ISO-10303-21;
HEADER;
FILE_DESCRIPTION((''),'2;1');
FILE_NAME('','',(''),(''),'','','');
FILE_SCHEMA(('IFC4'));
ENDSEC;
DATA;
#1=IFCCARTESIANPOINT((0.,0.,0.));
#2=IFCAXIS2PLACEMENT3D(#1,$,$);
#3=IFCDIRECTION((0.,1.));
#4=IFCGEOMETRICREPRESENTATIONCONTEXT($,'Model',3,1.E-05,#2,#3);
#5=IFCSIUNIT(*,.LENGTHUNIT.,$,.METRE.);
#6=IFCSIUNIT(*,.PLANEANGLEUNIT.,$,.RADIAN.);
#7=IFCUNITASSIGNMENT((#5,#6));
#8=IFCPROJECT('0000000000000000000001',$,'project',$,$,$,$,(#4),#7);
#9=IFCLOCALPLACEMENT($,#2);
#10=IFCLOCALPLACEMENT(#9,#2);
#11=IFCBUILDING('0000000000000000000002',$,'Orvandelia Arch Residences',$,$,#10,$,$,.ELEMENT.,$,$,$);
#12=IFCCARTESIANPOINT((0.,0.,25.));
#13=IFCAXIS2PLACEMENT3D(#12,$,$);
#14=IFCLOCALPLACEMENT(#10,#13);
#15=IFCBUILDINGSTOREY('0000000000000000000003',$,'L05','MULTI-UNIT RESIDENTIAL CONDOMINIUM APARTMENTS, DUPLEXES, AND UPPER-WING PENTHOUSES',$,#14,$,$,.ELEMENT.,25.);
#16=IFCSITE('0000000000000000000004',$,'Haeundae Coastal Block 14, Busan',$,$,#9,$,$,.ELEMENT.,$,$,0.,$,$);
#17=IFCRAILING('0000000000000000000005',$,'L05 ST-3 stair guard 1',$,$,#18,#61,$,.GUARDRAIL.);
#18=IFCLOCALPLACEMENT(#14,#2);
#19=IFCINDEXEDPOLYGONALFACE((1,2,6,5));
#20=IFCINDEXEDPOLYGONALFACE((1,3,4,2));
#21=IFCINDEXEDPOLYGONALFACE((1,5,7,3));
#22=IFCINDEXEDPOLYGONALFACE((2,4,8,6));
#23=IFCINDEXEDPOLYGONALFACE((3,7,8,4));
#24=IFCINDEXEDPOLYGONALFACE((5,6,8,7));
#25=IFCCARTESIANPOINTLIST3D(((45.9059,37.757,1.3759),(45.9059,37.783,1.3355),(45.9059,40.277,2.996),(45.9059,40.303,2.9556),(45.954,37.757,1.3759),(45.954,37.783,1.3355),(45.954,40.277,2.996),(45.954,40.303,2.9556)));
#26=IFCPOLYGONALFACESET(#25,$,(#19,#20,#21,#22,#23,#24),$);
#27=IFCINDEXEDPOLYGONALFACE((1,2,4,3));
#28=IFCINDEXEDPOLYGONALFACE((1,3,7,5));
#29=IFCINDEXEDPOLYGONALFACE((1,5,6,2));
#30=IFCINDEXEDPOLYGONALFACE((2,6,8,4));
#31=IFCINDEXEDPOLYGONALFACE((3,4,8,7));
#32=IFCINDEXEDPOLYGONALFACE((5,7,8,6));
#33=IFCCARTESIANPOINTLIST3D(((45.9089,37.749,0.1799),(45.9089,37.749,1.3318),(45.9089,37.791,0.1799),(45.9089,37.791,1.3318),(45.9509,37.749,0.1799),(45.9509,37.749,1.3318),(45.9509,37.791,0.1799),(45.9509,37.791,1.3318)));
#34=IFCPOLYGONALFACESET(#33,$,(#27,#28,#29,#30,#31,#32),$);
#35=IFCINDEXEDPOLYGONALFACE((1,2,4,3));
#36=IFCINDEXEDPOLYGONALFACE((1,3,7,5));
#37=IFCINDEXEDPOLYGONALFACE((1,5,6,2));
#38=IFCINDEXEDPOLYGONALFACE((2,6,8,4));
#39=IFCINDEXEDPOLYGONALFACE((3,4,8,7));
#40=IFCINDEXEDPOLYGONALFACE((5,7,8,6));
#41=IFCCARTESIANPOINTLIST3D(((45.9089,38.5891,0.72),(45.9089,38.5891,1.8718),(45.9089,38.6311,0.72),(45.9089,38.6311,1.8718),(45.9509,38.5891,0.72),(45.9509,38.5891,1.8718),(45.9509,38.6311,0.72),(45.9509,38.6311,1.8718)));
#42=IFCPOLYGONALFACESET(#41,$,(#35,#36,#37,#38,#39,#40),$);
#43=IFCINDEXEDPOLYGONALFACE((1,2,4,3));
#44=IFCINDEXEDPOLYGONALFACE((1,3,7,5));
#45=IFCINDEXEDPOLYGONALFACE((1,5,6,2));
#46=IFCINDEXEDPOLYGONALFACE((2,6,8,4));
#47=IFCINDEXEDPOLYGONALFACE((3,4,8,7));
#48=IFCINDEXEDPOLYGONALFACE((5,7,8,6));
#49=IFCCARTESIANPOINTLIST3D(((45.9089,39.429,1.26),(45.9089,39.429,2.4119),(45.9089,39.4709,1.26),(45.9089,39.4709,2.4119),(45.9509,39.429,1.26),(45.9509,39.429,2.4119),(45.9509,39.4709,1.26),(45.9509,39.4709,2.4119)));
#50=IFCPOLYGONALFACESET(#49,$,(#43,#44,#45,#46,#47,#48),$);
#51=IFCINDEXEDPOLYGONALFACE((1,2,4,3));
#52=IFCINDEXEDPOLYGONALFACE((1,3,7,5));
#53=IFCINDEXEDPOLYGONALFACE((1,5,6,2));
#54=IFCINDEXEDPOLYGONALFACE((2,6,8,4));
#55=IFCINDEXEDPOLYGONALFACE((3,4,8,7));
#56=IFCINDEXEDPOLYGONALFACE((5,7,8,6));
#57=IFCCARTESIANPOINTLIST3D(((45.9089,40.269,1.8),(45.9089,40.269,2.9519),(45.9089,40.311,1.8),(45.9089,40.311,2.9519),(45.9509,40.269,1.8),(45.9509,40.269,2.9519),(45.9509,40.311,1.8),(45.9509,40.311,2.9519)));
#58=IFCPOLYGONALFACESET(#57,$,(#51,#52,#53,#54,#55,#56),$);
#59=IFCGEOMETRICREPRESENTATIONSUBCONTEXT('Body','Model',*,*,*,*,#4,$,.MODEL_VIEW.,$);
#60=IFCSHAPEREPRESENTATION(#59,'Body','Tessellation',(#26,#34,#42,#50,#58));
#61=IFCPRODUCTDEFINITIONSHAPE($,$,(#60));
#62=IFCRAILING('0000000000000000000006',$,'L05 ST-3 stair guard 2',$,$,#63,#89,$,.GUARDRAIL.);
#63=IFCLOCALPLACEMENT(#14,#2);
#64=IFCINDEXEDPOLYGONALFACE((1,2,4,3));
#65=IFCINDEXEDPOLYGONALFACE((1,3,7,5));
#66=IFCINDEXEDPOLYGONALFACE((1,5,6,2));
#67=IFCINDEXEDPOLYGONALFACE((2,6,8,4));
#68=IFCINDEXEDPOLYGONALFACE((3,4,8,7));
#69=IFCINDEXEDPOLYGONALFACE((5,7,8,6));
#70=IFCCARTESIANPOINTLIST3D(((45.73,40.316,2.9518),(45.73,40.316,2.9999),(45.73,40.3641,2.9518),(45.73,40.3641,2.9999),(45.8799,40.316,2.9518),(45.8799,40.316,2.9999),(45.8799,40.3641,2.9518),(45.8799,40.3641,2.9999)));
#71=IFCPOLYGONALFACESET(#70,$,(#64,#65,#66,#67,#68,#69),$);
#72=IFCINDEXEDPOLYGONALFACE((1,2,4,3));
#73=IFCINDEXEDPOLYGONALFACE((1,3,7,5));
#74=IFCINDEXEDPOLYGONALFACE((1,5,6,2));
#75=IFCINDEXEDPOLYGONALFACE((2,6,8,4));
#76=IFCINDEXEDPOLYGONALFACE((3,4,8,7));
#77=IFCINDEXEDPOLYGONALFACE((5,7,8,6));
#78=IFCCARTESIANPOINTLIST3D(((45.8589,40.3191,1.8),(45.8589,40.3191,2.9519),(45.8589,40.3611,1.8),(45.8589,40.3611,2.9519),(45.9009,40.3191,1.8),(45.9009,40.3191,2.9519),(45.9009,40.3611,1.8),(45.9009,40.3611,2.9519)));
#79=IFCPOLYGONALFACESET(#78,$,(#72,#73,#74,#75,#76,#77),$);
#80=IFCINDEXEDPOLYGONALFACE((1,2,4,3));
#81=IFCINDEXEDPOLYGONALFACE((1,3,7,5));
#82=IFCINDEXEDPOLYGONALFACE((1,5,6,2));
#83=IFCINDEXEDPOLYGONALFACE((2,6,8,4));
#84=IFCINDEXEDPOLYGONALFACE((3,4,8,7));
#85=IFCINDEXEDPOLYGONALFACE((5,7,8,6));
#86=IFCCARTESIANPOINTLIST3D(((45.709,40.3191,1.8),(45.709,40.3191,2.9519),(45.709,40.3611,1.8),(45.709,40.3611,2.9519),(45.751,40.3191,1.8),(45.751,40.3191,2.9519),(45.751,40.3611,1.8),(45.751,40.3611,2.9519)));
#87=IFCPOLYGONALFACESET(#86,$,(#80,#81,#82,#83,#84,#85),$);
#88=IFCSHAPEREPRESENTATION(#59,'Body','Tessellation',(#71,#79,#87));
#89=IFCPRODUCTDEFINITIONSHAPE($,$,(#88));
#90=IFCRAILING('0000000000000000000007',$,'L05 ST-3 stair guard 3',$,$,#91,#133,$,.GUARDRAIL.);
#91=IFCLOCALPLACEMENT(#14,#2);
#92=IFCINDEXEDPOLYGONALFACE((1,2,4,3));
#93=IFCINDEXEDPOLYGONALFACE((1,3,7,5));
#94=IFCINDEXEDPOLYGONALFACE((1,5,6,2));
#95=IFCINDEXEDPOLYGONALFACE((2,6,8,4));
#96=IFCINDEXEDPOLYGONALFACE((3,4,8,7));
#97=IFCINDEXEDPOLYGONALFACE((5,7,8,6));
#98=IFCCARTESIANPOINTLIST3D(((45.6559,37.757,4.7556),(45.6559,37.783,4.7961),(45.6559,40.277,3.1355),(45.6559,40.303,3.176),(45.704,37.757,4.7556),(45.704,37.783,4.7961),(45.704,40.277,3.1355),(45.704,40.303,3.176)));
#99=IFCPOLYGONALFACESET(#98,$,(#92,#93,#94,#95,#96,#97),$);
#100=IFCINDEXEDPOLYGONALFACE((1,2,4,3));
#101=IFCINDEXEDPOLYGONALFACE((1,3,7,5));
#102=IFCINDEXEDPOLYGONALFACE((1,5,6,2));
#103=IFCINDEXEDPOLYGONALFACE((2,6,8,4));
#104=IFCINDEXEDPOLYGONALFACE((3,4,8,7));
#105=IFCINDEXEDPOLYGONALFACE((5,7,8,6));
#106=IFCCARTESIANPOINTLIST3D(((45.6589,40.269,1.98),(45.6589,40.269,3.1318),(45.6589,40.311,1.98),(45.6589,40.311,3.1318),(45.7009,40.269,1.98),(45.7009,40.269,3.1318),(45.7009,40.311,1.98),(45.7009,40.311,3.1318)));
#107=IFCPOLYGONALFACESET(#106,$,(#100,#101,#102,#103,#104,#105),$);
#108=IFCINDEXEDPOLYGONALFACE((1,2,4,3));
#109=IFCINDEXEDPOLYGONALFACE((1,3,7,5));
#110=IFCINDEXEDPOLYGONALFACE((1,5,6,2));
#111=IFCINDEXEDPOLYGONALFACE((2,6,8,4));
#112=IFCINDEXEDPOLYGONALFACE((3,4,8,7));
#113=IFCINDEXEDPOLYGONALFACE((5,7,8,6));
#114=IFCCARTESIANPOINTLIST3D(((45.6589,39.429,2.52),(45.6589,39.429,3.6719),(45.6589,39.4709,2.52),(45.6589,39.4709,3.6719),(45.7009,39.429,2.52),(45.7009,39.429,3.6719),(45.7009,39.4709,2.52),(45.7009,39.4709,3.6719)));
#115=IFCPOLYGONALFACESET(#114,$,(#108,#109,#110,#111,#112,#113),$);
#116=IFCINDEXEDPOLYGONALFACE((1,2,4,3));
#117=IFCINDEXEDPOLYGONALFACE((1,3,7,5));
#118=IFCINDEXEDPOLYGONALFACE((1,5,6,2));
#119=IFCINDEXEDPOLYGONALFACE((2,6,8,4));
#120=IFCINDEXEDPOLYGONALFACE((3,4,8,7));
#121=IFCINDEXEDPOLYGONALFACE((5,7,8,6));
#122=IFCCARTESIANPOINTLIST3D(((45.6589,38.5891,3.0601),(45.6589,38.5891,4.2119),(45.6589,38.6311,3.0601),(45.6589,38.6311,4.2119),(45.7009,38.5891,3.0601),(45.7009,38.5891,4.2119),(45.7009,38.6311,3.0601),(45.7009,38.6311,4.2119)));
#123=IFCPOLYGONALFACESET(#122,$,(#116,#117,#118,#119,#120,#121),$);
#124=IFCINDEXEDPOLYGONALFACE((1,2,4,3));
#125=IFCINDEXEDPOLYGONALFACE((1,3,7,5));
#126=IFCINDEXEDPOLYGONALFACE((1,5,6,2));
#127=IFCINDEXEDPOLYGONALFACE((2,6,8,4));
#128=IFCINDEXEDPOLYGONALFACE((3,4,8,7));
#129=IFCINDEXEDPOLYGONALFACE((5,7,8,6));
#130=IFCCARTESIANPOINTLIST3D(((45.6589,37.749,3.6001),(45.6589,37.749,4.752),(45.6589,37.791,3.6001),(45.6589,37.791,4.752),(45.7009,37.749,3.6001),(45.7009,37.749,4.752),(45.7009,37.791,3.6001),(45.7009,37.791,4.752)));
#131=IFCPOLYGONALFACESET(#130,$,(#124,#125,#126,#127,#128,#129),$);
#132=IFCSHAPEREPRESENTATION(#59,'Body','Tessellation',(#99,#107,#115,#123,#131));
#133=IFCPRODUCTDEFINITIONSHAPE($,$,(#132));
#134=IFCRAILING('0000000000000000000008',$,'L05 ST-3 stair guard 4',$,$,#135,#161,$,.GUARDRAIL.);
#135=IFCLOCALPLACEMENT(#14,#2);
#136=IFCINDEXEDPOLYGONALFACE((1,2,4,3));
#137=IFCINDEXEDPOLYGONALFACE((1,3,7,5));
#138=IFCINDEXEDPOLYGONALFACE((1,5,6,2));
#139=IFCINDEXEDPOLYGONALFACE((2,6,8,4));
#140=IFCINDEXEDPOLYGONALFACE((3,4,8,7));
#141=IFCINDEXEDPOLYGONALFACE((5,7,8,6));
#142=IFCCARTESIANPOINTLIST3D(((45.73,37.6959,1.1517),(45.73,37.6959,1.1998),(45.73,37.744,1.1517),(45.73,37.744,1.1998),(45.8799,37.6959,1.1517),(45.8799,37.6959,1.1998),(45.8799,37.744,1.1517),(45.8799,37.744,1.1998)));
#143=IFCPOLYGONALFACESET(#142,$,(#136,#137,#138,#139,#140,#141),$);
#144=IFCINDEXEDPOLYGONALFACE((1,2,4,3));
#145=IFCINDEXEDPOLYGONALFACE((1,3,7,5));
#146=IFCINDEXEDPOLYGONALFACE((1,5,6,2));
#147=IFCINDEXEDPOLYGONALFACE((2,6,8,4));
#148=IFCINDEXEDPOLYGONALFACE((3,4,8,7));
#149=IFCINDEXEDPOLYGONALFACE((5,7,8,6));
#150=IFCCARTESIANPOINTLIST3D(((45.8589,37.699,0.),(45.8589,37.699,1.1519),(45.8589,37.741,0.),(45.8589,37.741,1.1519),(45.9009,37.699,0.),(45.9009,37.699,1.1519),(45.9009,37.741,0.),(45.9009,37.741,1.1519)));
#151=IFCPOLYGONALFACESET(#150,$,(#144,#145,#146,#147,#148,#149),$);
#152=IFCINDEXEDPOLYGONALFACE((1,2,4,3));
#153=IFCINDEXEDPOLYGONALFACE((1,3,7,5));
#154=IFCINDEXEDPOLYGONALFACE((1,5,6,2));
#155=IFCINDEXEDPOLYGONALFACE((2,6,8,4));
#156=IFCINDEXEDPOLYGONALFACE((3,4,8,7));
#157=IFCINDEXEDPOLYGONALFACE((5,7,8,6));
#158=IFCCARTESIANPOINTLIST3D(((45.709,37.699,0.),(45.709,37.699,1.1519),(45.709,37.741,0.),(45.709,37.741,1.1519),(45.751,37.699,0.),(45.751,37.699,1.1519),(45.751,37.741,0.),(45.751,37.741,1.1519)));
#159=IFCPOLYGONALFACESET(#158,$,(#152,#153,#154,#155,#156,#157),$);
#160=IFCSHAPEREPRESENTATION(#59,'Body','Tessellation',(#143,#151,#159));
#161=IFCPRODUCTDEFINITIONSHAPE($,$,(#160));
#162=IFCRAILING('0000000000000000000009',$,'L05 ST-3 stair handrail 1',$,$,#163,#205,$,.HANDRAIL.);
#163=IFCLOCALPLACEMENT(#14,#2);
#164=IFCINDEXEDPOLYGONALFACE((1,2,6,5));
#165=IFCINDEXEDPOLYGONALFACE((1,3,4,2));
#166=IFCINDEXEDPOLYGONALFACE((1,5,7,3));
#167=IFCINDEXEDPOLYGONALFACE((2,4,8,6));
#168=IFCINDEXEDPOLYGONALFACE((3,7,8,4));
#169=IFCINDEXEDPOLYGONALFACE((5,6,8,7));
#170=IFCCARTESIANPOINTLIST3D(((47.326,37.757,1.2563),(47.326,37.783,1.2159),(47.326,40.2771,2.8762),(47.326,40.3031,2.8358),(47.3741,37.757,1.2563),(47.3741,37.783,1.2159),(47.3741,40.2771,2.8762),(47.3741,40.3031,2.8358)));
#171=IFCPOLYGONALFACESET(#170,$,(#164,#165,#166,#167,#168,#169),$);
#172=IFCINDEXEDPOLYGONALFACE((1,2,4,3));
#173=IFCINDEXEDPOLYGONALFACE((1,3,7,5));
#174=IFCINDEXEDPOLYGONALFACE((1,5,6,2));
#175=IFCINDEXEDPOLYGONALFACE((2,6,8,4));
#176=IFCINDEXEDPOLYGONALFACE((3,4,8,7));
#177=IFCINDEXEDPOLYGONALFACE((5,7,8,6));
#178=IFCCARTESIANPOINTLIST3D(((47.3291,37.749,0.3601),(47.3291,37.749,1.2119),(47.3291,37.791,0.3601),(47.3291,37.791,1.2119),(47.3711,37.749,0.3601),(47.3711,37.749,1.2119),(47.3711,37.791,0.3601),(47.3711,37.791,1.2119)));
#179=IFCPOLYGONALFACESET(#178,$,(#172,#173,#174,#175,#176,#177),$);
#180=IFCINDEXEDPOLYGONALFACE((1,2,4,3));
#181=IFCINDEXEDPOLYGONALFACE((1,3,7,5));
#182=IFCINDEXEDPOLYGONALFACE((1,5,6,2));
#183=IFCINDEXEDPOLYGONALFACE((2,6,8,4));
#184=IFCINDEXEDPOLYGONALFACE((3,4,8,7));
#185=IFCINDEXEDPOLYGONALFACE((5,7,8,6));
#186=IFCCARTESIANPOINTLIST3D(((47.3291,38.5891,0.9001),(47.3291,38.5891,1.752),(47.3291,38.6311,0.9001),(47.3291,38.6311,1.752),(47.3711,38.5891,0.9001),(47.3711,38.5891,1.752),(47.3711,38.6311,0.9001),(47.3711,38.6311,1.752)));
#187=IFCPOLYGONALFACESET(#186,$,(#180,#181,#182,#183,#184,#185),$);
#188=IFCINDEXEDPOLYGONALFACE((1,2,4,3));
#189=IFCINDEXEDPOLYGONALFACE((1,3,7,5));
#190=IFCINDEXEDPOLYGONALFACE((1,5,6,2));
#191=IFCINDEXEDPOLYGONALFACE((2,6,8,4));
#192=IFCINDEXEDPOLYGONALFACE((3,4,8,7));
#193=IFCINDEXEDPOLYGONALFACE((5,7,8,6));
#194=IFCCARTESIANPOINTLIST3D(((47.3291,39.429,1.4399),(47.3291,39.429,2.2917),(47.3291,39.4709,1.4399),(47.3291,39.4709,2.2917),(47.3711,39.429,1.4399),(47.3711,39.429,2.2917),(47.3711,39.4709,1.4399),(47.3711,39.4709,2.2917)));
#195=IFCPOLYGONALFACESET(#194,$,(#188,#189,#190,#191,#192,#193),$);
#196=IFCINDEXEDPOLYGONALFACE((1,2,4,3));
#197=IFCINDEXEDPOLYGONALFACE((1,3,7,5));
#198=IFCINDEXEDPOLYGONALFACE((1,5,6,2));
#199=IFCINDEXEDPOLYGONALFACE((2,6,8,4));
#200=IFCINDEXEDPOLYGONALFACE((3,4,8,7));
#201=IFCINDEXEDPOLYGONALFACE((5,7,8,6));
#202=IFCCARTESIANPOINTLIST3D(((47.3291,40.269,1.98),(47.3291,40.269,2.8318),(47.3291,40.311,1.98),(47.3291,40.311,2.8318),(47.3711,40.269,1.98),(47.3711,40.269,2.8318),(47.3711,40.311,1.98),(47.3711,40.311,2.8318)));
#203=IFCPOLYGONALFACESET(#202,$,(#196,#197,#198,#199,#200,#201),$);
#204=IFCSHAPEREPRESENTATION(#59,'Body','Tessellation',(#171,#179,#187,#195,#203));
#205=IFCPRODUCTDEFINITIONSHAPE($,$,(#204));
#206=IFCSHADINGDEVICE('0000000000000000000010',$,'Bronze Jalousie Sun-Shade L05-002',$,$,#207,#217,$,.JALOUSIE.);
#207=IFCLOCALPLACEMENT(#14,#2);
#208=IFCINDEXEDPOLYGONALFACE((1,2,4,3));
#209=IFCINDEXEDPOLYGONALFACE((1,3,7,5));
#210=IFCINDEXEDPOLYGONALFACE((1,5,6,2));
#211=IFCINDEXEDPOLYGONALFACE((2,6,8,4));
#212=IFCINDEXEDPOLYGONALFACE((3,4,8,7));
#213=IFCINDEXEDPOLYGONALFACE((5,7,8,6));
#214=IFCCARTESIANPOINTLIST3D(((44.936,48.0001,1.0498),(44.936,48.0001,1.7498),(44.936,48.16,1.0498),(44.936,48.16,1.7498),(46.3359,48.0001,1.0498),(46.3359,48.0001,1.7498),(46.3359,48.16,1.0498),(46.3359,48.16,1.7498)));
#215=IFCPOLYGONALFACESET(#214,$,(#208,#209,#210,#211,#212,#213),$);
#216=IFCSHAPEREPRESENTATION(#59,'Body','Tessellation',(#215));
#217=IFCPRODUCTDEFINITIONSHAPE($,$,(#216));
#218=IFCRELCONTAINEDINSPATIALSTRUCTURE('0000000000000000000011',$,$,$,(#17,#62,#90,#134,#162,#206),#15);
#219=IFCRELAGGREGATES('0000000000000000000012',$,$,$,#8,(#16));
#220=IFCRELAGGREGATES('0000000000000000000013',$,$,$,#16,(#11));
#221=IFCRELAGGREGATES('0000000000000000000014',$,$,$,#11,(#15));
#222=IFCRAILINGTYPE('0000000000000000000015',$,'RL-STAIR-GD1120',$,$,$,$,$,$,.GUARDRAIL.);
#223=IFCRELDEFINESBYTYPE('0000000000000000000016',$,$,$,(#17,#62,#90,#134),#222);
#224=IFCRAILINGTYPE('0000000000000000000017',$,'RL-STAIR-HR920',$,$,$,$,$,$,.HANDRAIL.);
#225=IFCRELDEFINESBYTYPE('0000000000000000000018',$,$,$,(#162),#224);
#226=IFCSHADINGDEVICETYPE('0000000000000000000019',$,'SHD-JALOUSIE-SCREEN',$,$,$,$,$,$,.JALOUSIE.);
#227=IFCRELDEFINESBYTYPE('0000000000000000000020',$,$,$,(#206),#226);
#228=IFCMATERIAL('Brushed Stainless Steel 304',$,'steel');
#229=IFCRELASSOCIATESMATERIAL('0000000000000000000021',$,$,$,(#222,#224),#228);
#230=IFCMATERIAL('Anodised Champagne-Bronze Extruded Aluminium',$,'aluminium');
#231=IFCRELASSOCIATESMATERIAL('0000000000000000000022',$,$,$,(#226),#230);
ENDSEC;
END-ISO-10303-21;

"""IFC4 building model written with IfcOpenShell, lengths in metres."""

from ifc_helpers import new_model, si_unit, direction, frame, origin, origin_2d, place, context, subcontext, project, spatial, rectangle, extrude, material, type_object, element, save


model = new_model("IFC4")

# Units and contexts
model_context = context("Model", 3, precision=1e-05, world=origin(), true_north=direction((0.0, 1.0)))
body_context = subcontext(model_context, "Body", "Model", "MODEL_VIEW")
ifc_project = project(units=[si_unit("LENGTHUNIT", "METRE"), si_unit("PLANEANGLEUNIT", "RADIAN")], contexts=[model_context])

# Site, building, storey
site_placement = place(None, origin())
site = spatial("IfcSite", under=ifc_project, at=site_placement, Name="Haeundae Coastal Block 14, Busan", CompositionType="ELEMENT", RefElevation=0.0)
building_placement = place(site_placement, origin())
building = spatial("IfcBuilding", under=site, at=building_placement, Name="Orvandelia Arch Residences", CompositionType="ELEMENT")
storey_placement = place(building_placement, frame((0.0, 0.0, 25.0)))
storey = spatial("IfcBuildingStorey", under=building, at=storey_placement, Name="L05", Description="MULTI-UNIT RESIDENTIAL CONDOMINIUM APARTMENTS, DUPLEXES, AND UPPER-WING PENTHOUSES", CompositionType="ELEMENT", Elevation=25.0)

# Railings
ifc_material_1 = material(Name="Brushed Stainless Steel 304", Category="steel")
railing_type_1 = type_object("IfcRailingType", Name="RL-STAIR-GD1120", PredefinedType="GUARDRAIL", material=ifc_material_1)
railing_1_placement = place(storey_placement, frame((45.9299, 37.77, 0.1799)))
element("IfcRailing", 1, at=railing_1_placement, inside=storey, type_object=railing_type_1, Name="L05 ST-3 stair guard 1", PredefinedType="GUARDRAIL", context=body_context, shape_type="SweptSolid", body=[
    extrude(rectangle(XDim=0.0481, YDim=0.0481, at=origin_2d()), frame((0.0, 0.0, 1.1758), z_axis=(0.0, 0.841163, 0.540782), x_axis=(-1.0, 0.0, 0.0)), (0.0, 0.0, 1.0), 2.9958),
    extrude(rectangle(XDim=0.042, YDim=0.042, at=origin_2d()), origin(), (0.0, 0.0, 1.0), 1.1519),
    extrude(rectangle(XDim=0.042, YDim=0.042, at=origin_2d()), frame((0.0, 0.8401, 0.54)), (0.0, 0.0, 1.0), 1.1519),
    extrude(rectangle(XDim=0.042, YDim=0.042, at=origin_2d()), frame((0.0, 1.6799, 1.0801)), (0.0, 0.0, 1.0), 1.1519),
    extrude(rectangle(XDim=0.042, YDim=0.042, at=origin_2d()), frame((0.0, 2.52, 1.6201)), (0.0, 0.0, 1.0), 1.1519),
])
railing_2_placement = place(storey_placement, frame((45.8799, 40.3401, 1.8)))
element("IfcRailing", 2, at=railing_2_placement, inside=storey, type_object=railing_type_1, Name="L05 ST-3 stair guard 2", PredefinedType="GUARDRAIL", context=body_context, shape_type="SweptSolid", body=[
    extrude(rectangle(XDim=0.0481, YDim=0.0481, at=origin_2d()), frame((0.0, 0.0, 1.1758), z_axis=(-1.0, 0.0, 0.0), x_axis=(0.0, -1.0, 0.0)), (0.0, 0.0, 1.0), 0.1499),
    extrude(rectangle(XDim=0.042, YDim=0.042, at=origin_2d()), origin(), (0.0, 0.0, 1.0), 1.1519),
    extrude(rectangle(XDim=0.042, YDim=0.042, at=origin_2d()), frame((-0.1499, 0.0, 0.0)), (0.0, 0.0, 1.0), 1.1519),
])
railing_3_placement = place(storey_placement, frame((45.6799, 40.29, 1.98)))
element("IfcRailing", 3, at=railing_3_placement, inside=storey, type_object=railing_type_1, Name="L05 ST-3 stair guard 3", PredefinedType="GUARDRAIL", context=body_context, shape_type="SweptSolid", body=[
    extrude(rectangle(XDim=0.0481, YDim=0.0481, at=origin_2d()), frame((0.0, 0.0, 1.1758), z_axis=(0.0, -0.841163, 0.540782), x_axis=(1.0, 0.0, 0.0)), (0.0, 0.0, 1.0), 2.9958),
    extrude(rectangle(XDim=0.042, YDim=0.042, at=origin_2d()), origin(), (0.0, 0.0, 1.0), 1.1519),
    extrude(rectangle(XDim=0.042, YDim=0.042, at=origin_2d()), frame((0.0, -0.8401, 0.54)), (0.0, 0.0, 1.0), 1.1519),
    extrude(rectangle(XDim=0.042, YDim=0.042, at=origin_2d()), frame((0.0, -1.6799, 1.0801)), (0.0, 0.0, 1.0), 1.1519),
    extrude(rectangle(XDim=0.042, YDim=0.042, at=origin_2d()), frame((0.0, -2.52, 1.6201)), (0.0, 0.0, 1.0), 1.1519),
])
railing_4_placement = place(storey_placement, frame((45.8799, 37.72, 0.0)))
element("IfcRailing", 4, at=railing_4_placement, inside=storey, type_object=railing_type_1, Name="L05 ST-3 stair guard 4", PredefinedType="GUARDRAIL", context=body_context, shape_type="SweptSolid", body=[
    extrude(rectangle(XDim=0.0481, YDim=0.0481, at=origin_2d()), frame((0.0, 0.0, 1.1758), z_axis=(-1.0, 0.0, 0.0), x_axis=(0.0, -1.0, 0.0)), (0.0, 0.0, 1.0), 0.1499),
    extrude(rectangle(XDim=0.042, YDim=0.042, at=origin_2d()), origin(), (0.0, 0.0, 1.0), 1.1519),
    extrude(rectangle(XDim=0.042, YDim=0.042, at=origin_2d()), frame((-0.1499, 0.0, 0.0)), (0.0, 0.0, 1.0), 1.1519),
])
railing_type_2 = type_object("IfcRailingType", Name="RL-STAIR-HR920", PredefinedType="HANDRAIL", material=ifc_material_1)
railing_5_placement = place(storey_placement, frame((47.3501, 37.77, 0.3601)))
element("IfcRailing", 5, at=railing_5_placement, inside=storey, type_object=railing_type_2, Name="L05 ST-3 stair handrail 1", PredefinedType="HANDRAIL", context=body_context, shape_type="SweptSolid", body=[
    extrude(rectangle(XDim=0.0481, YDim=0.0481, at=origin_2d()), frame((0.0, 0.0, 0.876), z_axis=(0.0, 0.8412, 0.540725), x_axis=(-1.0, 0.0, 0.0)), (0.0, 0.0, 1.0), 2.9958),
    extrude(rectangle(XDim=0.042, YDim=0.042, at=origin_2d()), origin(), (0.0, 0.0, 1.0), 0.8518),
    extrude(rectangle(XDim=0.042, YDim=0.042, at=origin_2d()), frame((0.0, 0.8401, 0.54)), (0.0, 0.0, 1.0), 0.8518),
    extrude(rectangle(XDim=0.042, YDim=0.042, at=origin_2d()), frame((0.0, 1.6799, 1.0798)), (0.0, 0.0, 1.0), 0.8518),
    extrude(rectangle(XDim=0.042, YDim=0.042, at=origin_2d()), frame((0.0, 2.52, 1.6199)), (0.0, 0.0, 1.0), 0.8518),
])

# Shading device
ifc_material_2 = material(Name="Anodised Champagne-Bronze Extruded Aluminium", Category="aluminium")
shading_device_type = type_object("IfcShadingDeviceType", Name="SHD-JALOUSIE-SCREEN", PredefinedType="JALOUSIE", material=ifc_material_2)
shading_device_placement = place(storey_placement, frame((45.636, 48.0801, 1.0498), z_axis=(0.0, 0.0, 1.0), x_axis=(1.0, 0.0, 0.0)))
element("IfcShadingDevice", 6, at=shading_device_placement, inside=storey, type_object=shading_device_type, Name="Bronze Jalousie Sun-Shade L05-002", PredefinedType="JALOUSIE", context=body_context, shape_type="SweptSolid", body=[
    extrude(rectangle(XDim=1.3999, YDim=0.1599, at=origin_2d()), origin(), (0.0, 0.0, 1.0), 0.7),
])

save(model, "model.ifc")
